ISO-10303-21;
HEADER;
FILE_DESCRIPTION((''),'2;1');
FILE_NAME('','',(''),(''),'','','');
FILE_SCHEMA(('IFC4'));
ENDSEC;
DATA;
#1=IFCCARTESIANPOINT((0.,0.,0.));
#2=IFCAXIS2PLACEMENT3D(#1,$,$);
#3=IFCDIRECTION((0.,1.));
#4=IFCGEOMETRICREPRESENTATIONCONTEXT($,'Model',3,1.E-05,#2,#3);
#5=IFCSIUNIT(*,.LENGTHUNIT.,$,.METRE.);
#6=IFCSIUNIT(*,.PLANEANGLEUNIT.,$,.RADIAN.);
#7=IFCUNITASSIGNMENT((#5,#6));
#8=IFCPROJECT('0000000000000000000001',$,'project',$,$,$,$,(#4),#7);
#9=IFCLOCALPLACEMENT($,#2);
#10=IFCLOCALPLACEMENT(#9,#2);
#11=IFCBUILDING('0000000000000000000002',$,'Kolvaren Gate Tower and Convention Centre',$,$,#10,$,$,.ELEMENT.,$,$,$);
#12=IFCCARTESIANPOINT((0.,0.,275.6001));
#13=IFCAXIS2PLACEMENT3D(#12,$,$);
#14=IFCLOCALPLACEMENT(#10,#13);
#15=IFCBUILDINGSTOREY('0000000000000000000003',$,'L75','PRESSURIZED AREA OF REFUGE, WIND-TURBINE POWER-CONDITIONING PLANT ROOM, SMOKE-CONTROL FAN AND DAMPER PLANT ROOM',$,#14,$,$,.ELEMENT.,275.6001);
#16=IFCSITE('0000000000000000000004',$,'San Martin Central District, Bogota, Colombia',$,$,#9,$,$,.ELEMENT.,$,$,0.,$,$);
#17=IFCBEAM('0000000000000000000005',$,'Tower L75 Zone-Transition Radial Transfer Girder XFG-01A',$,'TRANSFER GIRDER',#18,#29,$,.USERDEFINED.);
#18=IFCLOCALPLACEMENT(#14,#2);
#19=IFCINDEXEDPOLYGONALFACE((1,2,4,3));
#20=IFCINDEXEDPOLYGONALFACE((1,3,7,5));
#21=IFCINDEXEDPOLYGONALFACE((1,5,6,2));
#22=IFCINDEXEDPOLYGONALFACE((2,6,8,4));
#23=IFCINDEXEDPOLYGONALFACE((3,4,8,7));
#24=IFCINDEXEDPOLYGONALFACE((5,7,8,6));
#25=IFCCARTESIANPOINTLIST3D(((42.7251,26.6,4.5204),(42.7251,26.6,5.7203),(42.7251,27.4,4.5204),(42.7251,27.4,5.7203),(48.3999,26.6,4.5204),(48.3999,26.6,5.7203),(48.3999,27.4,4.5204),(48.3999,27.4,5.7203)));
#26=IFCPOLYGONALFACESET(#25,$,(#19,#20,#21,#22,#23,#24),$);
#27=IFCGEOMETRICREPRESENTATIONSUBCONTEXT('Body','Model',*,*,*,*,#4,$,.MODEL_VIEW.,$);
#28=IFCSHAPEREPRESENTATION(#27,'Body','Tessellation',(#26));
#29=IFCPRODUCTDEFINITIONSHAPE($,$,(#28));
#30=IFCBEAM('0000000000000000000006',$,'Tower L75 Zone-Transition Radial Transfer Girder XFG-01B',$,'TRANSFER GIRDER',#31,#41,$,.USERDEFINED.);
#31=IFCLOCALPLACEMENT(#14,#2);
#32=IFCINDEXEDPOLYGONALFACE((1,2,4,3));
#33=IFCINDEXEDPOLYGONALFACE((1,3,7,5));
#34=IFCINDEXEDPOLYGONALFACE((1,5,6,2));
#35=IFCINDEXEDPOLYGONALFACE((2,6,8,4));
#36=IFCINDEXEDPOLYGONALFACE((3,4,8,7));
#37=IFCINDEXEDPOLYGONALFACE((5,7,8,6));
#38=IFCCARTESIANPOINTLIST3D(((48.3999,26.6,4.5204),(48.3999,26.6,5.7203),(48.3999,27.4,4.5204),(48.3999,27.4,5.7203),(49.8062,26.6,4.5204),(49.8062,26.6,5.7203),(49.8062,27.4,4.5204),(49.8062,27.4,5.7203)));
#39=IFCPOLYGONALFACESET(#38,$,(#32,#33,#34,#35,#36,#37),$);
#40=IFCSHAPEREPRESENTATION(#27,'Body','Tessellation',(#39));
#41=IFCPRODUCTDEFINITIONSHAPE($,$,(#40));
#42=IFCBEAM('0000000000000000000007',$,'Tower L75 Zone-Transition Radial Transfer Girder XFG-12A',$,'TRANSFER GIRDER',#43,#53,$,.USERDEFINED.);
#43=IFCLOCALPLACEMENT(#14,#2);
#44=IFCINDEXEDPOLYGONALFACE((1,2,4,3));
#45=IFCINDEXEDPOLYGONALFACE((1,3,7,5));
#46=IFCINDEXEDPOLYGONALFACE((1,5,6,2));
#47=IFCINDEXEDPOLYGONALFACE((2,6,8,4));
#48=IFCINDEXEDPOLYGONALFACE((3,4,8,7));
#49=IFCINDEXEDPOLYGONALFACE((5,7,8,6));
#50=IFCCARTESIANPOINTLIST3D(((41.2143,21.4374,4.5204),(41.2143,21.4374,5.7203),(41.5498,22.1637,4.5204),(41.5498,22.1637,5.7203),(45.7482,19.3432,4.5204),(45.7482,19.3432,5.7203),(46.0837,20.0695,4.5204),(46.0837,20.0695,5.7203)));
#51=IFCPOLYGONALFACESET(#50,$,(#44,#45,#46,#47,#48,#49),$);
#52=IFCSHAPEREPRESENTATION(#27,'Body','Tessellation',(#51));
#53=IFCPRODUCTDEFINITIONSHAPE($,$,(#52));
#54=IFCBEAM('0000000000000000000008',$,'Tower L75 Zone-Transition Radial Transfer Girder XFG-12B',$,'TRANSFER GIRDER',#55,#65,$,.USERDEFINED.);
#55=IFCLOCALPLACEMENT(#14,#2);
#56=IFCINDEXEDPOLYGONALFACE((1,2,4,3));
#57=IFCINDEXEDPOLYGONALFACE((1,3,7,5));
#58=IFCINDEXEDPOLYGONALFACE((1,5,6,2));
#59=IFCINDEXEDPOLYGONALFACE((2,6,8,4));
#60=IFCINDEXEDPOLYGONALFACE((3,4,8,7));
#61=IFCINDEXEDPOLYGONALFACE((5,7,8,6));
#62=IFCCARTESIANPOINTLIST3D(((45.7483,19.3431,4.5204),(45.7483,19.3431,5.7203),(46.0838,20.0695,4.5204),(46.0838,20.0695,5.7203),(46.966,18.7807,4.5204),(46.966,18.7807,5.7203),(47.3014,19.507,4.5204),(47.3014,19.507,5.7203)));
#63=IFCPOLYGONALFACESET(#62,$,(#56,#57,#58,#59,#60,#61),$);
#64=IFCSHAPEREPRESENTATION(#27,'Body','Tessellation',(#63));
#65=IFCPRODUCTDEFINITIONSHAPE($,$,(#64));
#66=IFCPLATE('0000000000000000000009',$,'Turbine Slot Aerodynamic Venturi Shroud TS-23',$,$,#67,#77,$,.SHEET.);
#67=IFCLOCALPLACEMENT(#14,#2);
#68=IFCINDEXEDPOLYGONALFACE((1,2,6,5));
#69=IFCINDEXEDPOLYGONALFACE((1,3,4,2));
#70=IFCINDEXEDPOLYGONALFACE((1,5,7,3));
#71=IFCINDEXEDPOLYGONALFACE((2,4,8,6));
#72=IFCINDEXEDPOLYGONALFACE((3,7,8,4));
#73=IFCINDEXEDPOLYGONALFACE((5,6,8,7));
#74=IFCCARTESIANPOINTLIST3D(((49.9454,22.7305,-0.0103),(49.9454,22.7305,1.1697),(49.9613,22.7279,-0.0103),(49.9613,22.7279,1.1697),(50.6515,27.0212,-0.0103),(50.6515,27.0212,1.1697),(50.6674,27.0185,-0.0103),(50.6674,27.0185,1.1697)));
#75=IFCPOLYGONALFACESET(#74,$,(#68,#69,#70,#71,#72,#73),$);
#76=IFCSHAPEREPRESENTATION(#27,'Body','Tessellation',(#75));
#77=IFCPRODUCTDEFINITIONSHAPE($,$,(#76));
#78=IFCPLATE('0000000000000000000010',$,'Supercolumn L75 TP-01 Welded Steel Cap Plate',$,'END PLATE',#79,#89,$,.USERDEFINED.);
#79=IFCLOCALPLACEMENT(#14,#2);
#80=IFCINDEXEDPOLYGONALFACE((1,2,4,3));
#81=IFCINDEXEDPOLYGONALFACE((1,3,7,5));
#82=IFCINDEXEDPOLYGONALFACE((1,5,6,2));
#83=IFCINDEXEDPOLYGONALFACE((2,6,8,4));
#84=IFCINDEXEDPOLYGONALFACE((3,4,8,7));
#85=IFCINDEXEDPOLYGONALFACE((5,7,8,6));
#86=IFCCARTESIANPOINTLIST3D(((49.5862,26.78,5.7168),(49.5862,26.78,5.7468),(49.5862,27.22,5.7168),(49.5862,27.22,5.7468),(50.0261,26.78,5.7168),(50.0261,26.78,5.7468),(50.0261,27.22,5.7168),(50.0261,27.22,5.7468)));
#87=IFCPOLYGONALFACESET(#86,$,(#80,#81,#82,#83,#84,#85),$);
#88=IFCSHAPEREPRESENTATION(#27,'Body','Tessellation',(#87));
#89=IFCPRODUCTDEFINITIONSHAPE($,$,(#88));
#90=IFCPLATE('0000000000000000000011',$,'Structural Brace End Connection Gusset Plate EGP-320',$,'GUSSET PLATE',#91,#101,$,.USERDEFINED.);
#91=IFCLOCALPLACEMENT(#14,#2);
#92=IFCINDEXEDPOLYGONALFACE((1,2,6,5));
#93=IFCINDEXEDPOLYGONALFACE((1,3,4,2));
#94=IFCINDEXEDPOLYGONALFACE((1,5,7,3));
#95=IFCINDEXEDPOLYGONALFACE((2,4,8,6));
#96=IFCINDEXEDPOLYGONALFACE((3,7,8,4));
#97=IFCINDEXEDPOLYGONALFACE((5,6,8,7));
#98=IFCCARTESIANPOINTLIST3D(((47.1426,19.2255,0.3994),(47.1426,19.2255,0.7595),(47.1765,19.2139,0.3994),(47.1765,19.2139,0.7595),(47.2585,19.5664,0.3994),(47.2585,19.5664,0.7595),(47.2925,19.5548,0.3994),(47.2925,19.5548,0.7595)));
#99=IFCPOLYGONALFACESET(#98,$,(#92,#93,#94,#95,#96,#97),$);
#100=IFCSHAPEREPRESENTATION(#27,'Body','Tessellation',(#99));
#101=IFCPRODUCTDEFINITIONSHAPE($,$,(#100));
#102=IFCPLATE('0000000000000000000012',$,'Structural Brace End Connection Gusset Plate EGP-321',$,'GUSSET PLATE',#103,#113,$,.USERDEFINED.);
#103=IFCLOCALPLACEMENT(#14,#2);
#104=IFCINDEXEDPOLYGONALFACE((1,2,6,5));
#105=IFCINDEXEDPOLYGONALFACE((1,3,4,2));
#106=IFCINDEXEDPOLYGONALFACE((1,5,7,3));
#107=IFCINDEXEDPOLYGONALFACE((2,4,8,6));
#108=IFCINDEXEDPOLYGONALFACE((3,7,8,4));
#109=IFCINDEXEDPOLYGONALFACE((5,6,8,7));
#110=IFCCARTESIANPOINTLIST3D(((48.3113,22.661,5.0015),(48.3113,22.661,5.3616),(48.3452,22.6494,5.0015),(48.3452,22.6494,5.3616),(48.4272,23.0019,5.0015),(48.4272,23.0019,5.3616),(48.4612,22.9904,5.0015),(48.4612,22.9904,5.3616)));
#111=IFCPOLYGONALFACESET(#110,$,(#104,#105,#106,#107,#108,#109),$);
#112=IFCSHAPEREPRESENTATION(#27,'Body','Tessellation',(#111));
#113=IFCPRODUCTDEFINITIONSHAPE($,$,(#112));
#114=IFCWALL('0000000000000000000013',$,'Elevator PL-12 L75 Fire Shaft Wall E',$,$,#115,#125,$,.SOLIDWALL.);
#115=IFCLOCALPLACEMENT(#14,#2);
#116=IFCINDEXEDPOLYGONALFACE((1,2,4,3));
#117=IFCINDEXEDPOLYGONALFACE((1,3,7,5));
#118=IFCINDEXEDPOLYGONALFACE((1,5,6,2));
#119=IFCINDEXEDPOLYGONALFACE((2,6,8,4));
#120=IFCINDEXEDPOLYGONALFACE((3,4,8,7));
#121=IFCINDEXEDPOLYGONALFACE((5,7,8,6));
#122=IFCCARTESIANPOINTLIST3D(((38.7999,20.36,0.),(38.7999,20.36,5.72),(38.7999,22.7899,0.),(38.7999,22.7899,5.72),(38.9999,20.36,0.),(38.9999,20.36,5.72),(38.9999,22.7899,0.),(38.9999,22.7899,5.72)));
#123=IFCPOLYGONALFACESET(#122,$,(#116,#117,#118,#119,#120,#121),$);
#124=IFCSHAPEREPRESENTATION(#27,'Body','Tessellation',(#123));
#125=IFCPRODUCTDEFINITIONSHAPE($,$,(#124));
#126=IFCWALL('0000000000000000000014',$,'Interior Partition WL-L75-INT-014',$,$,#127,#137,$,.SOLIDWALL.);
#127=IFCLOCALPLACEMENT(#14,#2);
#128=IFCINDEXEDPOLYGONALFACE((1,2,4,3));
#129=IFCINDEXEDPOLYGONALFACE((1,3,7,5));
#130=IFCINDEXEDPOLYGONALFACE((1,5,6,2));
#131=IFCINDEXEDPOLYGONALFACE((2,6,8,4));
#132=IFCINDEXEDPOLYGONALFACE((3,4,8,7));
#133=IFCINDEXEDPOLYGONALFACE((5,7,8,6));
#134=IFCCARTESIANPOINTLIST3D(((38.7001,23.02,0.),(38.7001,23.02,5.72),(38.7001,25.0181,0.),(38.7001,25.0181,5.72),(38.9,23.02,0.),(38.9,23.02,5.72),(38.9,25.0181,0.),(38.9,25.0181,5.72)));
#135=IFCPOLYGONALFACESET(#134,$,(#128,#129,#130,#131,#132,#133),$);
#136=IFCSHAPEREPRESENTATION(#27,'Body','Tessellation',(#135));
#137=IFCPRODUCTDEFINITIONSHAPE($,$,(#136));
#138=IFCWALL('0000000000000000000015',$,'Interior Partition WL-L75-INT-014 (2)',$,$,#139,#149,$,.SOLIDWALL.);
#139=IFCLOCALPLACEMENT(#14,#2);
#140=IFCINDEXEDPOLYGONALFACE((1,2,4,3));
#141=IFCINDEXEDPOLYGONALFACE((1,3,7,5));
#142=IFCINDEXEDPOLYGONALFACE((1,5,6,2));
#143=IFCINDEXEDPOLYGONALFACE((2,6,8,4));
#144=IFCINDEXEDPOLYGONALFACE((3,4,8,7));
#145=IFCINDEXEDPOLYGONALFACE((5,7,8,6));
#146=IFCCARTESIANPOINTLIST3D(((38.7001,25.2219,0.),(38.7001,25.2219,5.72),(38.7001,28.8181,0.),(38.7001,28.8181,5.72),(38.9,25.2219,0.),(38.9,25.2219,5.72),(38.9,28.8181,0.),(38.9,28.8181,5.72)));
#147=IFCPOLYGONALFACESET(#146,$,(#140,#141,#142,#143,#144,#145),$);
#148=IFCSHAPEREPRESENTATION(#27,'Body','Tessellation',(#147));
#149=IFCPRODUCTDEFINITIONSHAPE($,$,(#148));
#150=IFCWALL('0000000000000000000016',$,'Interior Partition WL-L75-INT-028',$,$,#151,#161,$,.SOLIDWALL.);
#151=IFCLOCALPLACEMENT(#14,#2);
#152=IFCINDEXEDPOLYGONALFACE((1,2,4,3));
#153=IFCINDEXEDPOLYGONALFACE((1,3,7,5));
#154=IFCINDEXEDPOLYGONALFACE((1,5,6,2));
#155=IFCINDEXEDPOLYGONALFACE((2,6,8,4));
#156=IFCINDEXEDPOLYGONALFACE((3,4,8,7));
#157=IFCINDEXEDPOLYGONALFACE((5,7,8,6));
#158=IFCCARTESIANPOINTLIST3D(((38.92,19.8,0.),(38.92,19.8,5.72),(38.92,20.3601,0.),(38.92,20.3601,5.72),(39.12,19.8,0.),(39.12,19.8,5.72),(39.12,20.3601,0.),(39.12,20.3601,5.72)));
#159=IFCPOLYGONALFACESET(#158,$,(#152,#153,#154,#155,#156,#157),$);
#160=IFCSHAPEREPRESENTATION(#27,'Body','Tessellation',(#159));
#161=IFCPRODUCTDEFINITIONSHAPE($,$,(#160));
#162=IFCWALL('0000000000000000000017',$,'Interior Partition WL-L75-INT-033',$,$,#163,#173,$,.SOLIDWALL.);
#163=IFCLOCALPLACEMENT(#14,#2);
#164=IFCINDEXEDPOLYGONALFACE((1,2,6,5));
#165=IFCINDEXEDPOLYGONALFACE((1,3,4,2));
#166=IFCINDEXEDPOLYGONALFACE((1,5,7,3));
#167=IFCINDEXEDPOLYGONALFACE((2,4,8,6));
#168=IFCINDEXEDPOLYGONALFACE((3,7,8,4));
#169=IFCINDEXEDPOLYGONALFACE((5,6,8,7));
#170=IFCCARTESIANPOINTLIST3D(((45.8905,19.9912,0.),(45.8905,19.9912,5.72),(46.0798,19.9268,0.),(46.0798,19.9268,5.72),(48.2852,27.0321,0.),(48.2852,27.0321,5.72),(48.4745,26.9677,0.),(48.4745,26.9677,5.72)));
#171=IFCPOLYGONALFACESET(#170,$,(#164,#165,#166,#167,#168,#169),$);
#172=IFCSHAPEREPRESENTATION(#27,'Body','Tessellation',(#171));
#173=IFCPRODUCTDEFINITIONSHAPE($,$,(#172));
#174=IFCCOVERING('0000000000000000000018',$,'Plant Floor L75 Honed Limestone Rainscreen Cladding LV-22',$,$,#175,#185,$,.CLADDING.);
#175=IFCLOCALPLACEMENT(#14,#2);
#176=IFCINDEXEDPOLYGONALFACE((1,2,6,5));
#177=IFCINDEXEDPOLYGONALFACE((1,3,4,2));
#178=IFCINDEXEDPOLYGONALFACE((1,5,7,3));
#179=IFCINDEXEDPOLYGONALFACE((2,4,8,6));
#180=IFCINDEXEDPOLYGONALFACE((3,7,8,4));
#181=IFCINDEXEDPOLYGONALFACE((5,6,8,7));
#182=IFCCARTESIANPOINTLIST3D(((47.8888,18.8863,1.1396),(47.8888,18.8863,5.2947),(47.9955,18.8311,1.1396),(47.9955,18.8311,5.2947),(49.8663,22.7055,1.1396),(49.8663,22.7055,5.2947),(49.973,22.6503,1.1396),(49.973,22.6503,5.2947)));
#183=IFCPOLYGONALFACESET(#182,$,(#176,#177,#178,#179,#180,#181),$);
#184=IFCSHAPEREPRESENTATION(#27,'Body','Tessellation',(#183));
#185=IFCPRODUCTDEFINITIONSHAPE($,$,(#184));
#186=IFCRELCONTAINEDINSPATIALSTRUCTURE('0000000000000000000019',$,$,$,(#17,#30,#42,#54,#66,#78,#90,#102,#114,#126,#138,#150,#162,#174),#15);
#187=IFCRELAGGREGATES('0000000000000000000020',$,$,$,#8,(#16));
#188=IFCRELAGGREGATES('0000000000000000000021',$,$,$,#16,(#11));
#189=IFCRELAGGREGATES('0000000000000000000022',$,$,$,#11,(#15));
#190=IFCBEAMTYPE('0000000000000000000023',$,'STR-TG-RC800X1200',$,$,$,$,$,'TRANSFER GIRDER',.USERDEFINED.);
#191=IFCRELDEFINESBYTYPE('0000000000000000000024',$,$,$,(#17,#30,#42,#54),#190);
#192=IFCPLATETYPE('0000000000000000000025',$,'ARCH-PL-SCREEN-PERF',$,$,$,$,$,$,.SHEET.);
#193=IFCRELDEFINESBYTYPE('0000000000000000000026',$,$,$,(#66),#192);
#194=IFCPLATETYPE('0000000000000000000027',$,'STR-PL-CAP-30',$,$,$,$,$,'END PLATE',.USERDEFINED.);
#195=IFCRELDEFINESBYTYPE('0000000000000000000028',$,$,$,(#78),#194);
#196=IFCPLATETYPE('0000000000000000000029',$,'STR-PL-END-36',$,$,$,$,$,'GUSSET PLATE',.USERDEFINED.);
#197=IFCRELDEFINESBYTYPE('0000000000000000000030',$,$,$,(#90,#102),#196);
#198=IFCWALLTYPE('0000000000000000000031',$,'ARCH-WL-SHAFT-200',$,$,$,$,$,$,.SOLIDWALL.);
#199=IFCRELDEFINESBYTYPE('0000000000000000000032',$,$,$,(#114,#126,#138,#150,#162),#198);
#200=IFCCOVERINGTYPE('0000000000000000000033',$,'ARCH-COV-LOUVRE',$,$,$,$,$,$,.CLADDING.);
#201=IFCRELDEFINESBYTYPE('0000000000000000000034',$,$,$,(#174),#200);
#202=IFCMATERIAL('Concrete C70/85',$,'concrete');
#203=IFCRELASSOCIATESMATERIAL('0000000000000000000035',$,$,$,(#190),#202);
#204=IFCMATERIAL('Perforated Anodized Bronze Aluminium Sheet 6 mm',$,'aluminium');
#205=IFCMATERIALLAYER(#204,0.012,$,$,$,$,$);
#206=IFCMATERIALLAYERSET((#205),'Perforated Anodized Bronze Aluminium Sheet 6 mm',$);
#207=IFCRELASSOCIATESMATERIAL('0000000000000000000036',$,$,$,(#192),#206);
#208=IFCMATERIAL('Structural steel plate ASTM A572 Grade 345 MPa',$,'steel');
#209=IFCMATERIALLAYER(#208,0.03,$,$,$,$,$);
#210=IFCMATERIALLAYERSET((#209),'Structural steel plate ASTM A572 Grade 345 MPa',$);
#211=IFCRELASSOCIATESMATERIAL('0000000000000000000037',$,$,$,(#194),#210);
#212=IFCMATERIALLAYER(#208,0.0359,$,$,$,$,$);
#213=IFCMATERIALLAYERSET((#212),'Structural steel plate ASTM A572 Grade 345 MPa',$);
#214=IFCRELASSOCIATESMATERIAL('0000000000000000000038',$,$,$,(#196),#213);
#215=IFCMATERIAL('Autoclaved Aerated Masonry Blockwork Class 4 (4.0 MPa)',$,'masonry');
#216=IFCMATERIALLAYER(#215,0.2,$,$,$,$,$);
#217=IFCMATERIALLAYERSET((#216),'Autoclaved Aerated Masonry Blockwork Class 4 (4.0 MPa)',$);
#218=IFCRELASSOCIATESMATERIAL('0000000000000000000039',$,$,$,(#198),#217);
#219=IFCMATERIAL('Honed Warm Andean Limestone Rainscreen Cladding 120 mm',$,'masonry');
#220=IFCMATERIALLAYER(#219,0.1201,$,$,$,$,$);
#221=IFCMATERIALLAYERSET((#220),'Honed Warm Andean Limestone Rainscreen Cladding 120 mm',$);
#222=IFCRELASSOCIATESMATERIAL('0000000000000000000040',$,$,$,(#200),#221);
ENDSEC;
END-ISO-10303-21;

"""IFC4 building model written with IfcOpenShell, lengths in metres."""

from ifc_helpers import new_model, si_unit, direction, frame, frame_2d, origin, origin_2d, place, context, subcontext, project, spatial, rectangle, extrude, material, layer, layer_set, material_profile, profile_set, type_object, element, save


model = new_model("IFC4")

# Units and contexts
model_context = context("Model", 3, precision=1e-05, world=origin(), true_north=direction((0.0, 1.0)))
body_context = subcontext(model_context, "Body", "Model", "MODEL_VIEW")
ifc_project = project(units=[si_unit("LENGTHUNIT", "METRE"), si_unit("PLANEANGLEUNIT", "RADIAN")], contexts=[model_context])

# Site, building, storey
site_placement = place(None, origin())
site = spatial("IfcSite", under=ifc_project, at=site_placement, Name="San Martin Central District, Bogota, Colombia", CompositionType="ELEMENT", RefElevation=0.0)
building_placement = place(site_placement, origin())
building = spatial("IfcBuilding", under=site, at=building_placement, Name="Kolvaren Gate Tower and Convention Centre", CompositionType="ELEMENT")
storey_placement = place(building_placement, frame((0.0, 0.0, 275.6001)))
storey = spatial("IfcBuildingStorey", under=building, at=storey_placement, Name="L75", Description="PRESSURIZED AREA OF REFUGE, WIND-TURBINE POWER-CONDITIONING PLANT ROOM, SMOKE-CONTROL FAN AND DAMPER PLANT ROOM", CompositionType="ELEMENT", Elevation=275.6001)

# Beams
ifc_material_1 = material(Name="Concrete C70/85", Category="concrete")
ifc_material_profile_1 = material_profile(ifc_material_1, rectangle(XDim=0.8, YDim=1.2, at=origin_2d()), Name="RC-BM-800X1200")
ifc_profile_set_1 = profile_set([ifc_material_profile_1], Name="Concrete C70/85")
beam_type_1 = type_object("IfcBeamType", Name="STR-TG-RC800X1200", ElementType="TRANSFER GIRDER", PredefinedType="USERDEFINED", material=ifc_profile_set_1)
beam_1_placement = place(storey_placement, frame((42.7251, 27.0, 5.1204), z_axis=(1.0, 0.0, 0.0), x_axis=(0.0, 1.0, 0.0)))
element("IfcBeam", 1, at=beam_1_placement, inside=storey, type_object=beam_type_1, Name="Tower L75 Zone-Transition Radial Transfer Girder XFG-01A", ObjectType="TRANSFER GIRDER", PredefinedType="USERDEFINED", context=body_context, shape_type="SweptSolid", body=[
    extrude(rectangle(XDim=0.8, YDim=1.2, at=origin_2d()), origin(), (0.0, 0.0, 1.0), 5.6748),
])
beam_2_placement = place(storey_placement, frame((48.3999, 27.0, 5.1204), z_axis=(1.0, 0.0, 0.0), x_axis=(0.0, 1.0, 0.0)))
element("IfcBeam", 2, at=beam_2_placement, inside=storey, type_object=beam_type_1, Name="Tower L75 Zone-Transition Radial Transfer Girder XFG-01B", ObjectType="TRANSFER GIRDER", PredefinedType="USERDEFINED", context=body_context, shape_type="SweptSolid", body=[
    extrude(rectangle(XDim=0.8, YDim=1.2, at=origin_2d()), origin(), (0.0, 0.0, 1.0), 1.4062),
])
beam_3_placement = place(storey_placement, frame((41.3821, 21.8005, 5.1204), z_axis=(0.907833, -0.419331, 0.0), x_axis=(0.419331, 0.907833, 0.0)))
element("IfcBeam", 3, at=beam_3_placement, inside=storey, type_object=beam_type_1, Name="Tower L75 Zone-Transition Radial Transfer Girder XFG-12A", ObjectType="TRANSFER GIRDER", PredefinedType="USERDEFINED", context=body_context, shape_type="SweptSolid", body=[
    extrude(rectangle(XDim=0.8, YDim=1.2, at=origin_2d()), origin(), (0.0, 0.0, 1.0), 4.9941),
])
beam_4_placement = place(storey_placement, frame((45.916, 19.7063, 5.1204), z_axis=(0.907831, -0.419335, 0.0), x_axis=(0.419335, 0.907831, 0.0)))
element("IfcBeam", 4, at=beam_4_placement, inside=storey, type_object=beam_type_1, Name="Tower L75 Zone-Transition Radial Transfer Girder XFG-12B", ObjectType="TRANSFER GIRDER", PredefinedType="USERDEFINED", context=body_context, shape_type="SweptSolid", body=[
    extrude(rectangle(XDim=0.8, YDim=1.2, at=origin_2d()), origin(), (0.0, 0.0, 1.0), 1.3413),
])

# Plates
ifc_material_2 = material(Name="Perforated Anodized Bronze Aluminium Sheet 6 mm", Category="aluminium")
ifc_layer_1 = layer(ifc_material_2, 0.012)
ifc_layer_set_1 = layer_set([ifc_layer_1], Name="Perforated Anodized Bronze Aluminium Sheet 6 mm")
plate_type_1 = type_object("IfcPlateType", Name="ARCH-PL-SCREEN-PERF", PredefinedType="SHEET", material=ifc_layer_set_1)
plate_1_placement = place(storey_placement, frame((50.3064, 24.8745, -0.0103), z_axis=(0.0, 0.0, 1.0), x_axis=(0.162386, 0.986727, 0.0)))
element("IfcPlate", 5, at=plate_1_placement, inside=storey, type_object=plate_type_1, Name="Turbine Slot Aerodynamic Venturi Shroud TS-23", PredefinedType="SHEET", context=body_context, shape_type="SweptSolid", body=[
    extrude(rectangle(XDim=4.3484, YDim=0.0161, at=origin_2d()), origin(), (0.0, 0.0, 1.0), 1.1799),
])
ifc_material_3 = material(Name="Structural steel plate ASTM A572 Grade 345 MPa", Category="steel")
ifc_layer_2 = layer(ifc_material_3, 0.03)
ifc_layer_set_2 = layer_set([ifc_layer_2], Name="Structural steel plate ASTM A572 Grade 345 MPa")
plate_type_2 = type_object("IfcPlateType", Name="STR-PL-CAP-30", ElementType="END PLATE", PredefinedType="USERDEFINED", material=ifc_layer_set_2)
plate_2_placement = place(storey_placement, frame((49.8062, 27.0, 5.7168), z_axis=(0.0, 0.0, 1.0), x_axis=(1.0, 0.0, 0.0)))
element("IfcPlate", 6, at=plate_2_placement, inside=storey, type_object=plate_type_2, Name="Supercolumn L75 TP-01 Welded Steel Cap Plate", ObjectType="END PLATE", PredefinedType="USERDEFINED", context=body_context, shape_type="SweptSolid", body=[
    extrude(rectangle(XDim=0.4399, YDim=0.4399, at=origin_2d()), origin(), (0.0, 0.0, 1.0), 0.03),
])
ifc_layer_3 = layer(ifc_material_3, 0.0359)
ifc_layer_set_3 = layer_set([ifc_layer_3], Name="Structural steel plate ASTM A572 Grade 345 MPa")
plate_type_3 = type_object("IfcPlateType", Name="STR-PL-END-36", ElementType="GUSSET PLATE", PredefinedType="USERDEFINED", material=ifc_layer_set_3)
for number, where, z_axis, x_axis, name in (
    (7, (47.2175, 19.3901, 0.3994), (0.0, 0.0, 1.0), (0.322043, 0.946725, 0.0), "Structural Brace End Connection Gusset Plate EGP-320"),
    (8, (48.3862, 22.8257, 5.0015), (0.0, 0.0, 1.0), (0.322043, 0.946725, 0.0), "Structural Brace End Connection Gusset Plate EGP-321"),
):
    element("IfcPlate", number, at=place(storey_placement, frame(where, z_axis=z_axis, x_axis=x_axis)), inside=storey, type_object=plate_type_3, Name=name, ObjectType="GUSSET PLATE", PredefinedType="USERDEFINED", context=body_context, shape_type="SweptSolid", body=[
        extrude(rectangle(XDim=0.3601, YDim=0.0359, at=origin_2d()), origin(), (0.0, 0.0, 1.0), 0.3601),
    ])

# Walls
ifc_material_4 = material(Name="Autoclaved Aerated Masonry Blockwork Class 4 (4.0 MPa)", Category="masonry")
ifc_layer_4 = layer(ifc_material_4, 0.2)
ifc_layer_set_4 = layer_set([ifc_layer_4], Name="Autoclaved Aerated Masonry Blockwork Class 4 (4.0 MPa)")
wall_type = type_object("IfcWallType", Name="ARCH-WL-SHAFT-200", PredefinedType="SOLIDWALL", material=ifc_layer_set_4)
wall_1_placement = place(storey_placement, frame((38.8999, 20.3601, 0.0), z_axis=(0.0, 0.0, 1.0), x_axis=(0.0, 1.0, 0.0)))
element("IfcWall", 9, at=wall_1_placement, inside=storey, type_object=wall_type, Name="Elevator PL-12 L75 Fire Shaft Wall E", PredefinedType="SOLIDWALL", context=body_context, shape_type="SweptSolid", body=[
    extrude(rectangle(XDim=2.4299, YDim=0.2, at=frame_2d((1.2148, 0.0))), origin(), (0.0, 0.0, 1.0), 5.72),
])
wall_2_placement = place(storey_placement, frame((38.8, 23.02, 0.0), z_axis=(0.0, 0.0, 1.0), x_axis=(0.0, 1.0, 0.0)))
element("IfcWall", 10, at=wall_2_placement, inside=storey, type_object=wall_type, Name="Interior Partition WL-L75-INT-014", PredefinedType="SOLIDWALL", context=body_context, shape_type="SweptSolid", body=[
    extrude(rectangle(XDim=1.998, YDim=0.2, at=frame_2d((0.999, 0.0))), origin(), (0.0, 0.0, 1.0), 5.72),
])
wall_3_placement = place(storey_placement, frame((38.8, 25.2219, 0.0), z_axis=(0.0, 0.0, 1.0), x_axis=(0.0, 1.0, 0.0)))
element("IfcWall", 11, at=wall_3_placement, inside=storey, type_object=wall_type, Name="Interior Partition WL-L75-INT-014 (2)", PredefinedType="SOLIDWALL", context=body_context, shape_type="SweptSolid", body=[
    extrude(rectangle(XDim=3.5962, YDim=0.2, at=frame_2d((1.7981, 0.0))), origin(), (0.0, 0.0, 1.0), 5.72),
])
wall_4_placement = place(storey_placement, frame((39.02, 19.8, 0.0), z_axis=(0.0, 0.0, 1.0), x_axis=(0.0, 1.0, 0.0)))
element("IfcWall", 12, at=wall_4_placement, inside=storey, type_object=wall_type, Name="Interior Partition WL-L75-INT-028", PredefinedType="SOLIDWALL", context=body_context, shape_type="SweptSolid", body=[
    extrude(rectangle(XDim=0.5601, YDim=0.2, at=frame_2d((0.28, 0.0))), origin(), (0.0, 0.0, 1.0), 5.72),
])
wall_5_placement = place(storey_placement, frame((45.9851, 19.959, 0.0), z_axis=(0.0, 0.0, 1.0), x_axis=(0.322003, 0.946739, 0.0)))
element("IfcWall", 13, at=wall_5_placement, inside=storey, type_object=wall_type, Name="Interior Partition WL-L75-INT-033", PredefinedType="SOLIDWALL", context=body_context, shape_type="SweptSolid", body=[
    extrude(rectangle(XDim=7.437, YDim=0.2, at=frame_2d((3.7185, 0.0))), origin(), (0.0, 0.0, 1.0), 5.72),
])

# Covering
ifc_material_5 = material(Name="Honed Warm Andean Limestone Rainscreen Cladding 120 mm", Category="masonry")
ifc_layer_5 = layer(ifc_material_5, 0.1201)
ifc_layer_set_5 = layer_set([ifc_layer_5], Name="Honed Warm Andean Limestone Rainscreen Cladding 120 mm")
covering_type = type_object("IfcCoveringType", Name="ARCH-COV-LOUVRE", PredefinedType="CLADDING", material=ifc_layer_set_5)
covering_placement = place(storey_placement, frame((48.9309, 20.7683, 1.1396), z_axis=(0.0, 0.0, 1.0), x_axis=(0.459794, 0.888026, 0.0)))
element("IfcCovering", 14, at=covering_placement, inside=storey, type_object=covering_type, Name="Plant Floor L75 Honed Limestone Rainscreen Cladding LV-22", PredefinedType="CLADDING", context=body_context, shape_type="SweptSolid", body=[
    extrude(rectangle(XDim=4.3008, YDim=0.1201, at=origin_2d()), origin(), (0.0, 0.0, 1.0), 4.155),
])

save(model, "model.ifc")
